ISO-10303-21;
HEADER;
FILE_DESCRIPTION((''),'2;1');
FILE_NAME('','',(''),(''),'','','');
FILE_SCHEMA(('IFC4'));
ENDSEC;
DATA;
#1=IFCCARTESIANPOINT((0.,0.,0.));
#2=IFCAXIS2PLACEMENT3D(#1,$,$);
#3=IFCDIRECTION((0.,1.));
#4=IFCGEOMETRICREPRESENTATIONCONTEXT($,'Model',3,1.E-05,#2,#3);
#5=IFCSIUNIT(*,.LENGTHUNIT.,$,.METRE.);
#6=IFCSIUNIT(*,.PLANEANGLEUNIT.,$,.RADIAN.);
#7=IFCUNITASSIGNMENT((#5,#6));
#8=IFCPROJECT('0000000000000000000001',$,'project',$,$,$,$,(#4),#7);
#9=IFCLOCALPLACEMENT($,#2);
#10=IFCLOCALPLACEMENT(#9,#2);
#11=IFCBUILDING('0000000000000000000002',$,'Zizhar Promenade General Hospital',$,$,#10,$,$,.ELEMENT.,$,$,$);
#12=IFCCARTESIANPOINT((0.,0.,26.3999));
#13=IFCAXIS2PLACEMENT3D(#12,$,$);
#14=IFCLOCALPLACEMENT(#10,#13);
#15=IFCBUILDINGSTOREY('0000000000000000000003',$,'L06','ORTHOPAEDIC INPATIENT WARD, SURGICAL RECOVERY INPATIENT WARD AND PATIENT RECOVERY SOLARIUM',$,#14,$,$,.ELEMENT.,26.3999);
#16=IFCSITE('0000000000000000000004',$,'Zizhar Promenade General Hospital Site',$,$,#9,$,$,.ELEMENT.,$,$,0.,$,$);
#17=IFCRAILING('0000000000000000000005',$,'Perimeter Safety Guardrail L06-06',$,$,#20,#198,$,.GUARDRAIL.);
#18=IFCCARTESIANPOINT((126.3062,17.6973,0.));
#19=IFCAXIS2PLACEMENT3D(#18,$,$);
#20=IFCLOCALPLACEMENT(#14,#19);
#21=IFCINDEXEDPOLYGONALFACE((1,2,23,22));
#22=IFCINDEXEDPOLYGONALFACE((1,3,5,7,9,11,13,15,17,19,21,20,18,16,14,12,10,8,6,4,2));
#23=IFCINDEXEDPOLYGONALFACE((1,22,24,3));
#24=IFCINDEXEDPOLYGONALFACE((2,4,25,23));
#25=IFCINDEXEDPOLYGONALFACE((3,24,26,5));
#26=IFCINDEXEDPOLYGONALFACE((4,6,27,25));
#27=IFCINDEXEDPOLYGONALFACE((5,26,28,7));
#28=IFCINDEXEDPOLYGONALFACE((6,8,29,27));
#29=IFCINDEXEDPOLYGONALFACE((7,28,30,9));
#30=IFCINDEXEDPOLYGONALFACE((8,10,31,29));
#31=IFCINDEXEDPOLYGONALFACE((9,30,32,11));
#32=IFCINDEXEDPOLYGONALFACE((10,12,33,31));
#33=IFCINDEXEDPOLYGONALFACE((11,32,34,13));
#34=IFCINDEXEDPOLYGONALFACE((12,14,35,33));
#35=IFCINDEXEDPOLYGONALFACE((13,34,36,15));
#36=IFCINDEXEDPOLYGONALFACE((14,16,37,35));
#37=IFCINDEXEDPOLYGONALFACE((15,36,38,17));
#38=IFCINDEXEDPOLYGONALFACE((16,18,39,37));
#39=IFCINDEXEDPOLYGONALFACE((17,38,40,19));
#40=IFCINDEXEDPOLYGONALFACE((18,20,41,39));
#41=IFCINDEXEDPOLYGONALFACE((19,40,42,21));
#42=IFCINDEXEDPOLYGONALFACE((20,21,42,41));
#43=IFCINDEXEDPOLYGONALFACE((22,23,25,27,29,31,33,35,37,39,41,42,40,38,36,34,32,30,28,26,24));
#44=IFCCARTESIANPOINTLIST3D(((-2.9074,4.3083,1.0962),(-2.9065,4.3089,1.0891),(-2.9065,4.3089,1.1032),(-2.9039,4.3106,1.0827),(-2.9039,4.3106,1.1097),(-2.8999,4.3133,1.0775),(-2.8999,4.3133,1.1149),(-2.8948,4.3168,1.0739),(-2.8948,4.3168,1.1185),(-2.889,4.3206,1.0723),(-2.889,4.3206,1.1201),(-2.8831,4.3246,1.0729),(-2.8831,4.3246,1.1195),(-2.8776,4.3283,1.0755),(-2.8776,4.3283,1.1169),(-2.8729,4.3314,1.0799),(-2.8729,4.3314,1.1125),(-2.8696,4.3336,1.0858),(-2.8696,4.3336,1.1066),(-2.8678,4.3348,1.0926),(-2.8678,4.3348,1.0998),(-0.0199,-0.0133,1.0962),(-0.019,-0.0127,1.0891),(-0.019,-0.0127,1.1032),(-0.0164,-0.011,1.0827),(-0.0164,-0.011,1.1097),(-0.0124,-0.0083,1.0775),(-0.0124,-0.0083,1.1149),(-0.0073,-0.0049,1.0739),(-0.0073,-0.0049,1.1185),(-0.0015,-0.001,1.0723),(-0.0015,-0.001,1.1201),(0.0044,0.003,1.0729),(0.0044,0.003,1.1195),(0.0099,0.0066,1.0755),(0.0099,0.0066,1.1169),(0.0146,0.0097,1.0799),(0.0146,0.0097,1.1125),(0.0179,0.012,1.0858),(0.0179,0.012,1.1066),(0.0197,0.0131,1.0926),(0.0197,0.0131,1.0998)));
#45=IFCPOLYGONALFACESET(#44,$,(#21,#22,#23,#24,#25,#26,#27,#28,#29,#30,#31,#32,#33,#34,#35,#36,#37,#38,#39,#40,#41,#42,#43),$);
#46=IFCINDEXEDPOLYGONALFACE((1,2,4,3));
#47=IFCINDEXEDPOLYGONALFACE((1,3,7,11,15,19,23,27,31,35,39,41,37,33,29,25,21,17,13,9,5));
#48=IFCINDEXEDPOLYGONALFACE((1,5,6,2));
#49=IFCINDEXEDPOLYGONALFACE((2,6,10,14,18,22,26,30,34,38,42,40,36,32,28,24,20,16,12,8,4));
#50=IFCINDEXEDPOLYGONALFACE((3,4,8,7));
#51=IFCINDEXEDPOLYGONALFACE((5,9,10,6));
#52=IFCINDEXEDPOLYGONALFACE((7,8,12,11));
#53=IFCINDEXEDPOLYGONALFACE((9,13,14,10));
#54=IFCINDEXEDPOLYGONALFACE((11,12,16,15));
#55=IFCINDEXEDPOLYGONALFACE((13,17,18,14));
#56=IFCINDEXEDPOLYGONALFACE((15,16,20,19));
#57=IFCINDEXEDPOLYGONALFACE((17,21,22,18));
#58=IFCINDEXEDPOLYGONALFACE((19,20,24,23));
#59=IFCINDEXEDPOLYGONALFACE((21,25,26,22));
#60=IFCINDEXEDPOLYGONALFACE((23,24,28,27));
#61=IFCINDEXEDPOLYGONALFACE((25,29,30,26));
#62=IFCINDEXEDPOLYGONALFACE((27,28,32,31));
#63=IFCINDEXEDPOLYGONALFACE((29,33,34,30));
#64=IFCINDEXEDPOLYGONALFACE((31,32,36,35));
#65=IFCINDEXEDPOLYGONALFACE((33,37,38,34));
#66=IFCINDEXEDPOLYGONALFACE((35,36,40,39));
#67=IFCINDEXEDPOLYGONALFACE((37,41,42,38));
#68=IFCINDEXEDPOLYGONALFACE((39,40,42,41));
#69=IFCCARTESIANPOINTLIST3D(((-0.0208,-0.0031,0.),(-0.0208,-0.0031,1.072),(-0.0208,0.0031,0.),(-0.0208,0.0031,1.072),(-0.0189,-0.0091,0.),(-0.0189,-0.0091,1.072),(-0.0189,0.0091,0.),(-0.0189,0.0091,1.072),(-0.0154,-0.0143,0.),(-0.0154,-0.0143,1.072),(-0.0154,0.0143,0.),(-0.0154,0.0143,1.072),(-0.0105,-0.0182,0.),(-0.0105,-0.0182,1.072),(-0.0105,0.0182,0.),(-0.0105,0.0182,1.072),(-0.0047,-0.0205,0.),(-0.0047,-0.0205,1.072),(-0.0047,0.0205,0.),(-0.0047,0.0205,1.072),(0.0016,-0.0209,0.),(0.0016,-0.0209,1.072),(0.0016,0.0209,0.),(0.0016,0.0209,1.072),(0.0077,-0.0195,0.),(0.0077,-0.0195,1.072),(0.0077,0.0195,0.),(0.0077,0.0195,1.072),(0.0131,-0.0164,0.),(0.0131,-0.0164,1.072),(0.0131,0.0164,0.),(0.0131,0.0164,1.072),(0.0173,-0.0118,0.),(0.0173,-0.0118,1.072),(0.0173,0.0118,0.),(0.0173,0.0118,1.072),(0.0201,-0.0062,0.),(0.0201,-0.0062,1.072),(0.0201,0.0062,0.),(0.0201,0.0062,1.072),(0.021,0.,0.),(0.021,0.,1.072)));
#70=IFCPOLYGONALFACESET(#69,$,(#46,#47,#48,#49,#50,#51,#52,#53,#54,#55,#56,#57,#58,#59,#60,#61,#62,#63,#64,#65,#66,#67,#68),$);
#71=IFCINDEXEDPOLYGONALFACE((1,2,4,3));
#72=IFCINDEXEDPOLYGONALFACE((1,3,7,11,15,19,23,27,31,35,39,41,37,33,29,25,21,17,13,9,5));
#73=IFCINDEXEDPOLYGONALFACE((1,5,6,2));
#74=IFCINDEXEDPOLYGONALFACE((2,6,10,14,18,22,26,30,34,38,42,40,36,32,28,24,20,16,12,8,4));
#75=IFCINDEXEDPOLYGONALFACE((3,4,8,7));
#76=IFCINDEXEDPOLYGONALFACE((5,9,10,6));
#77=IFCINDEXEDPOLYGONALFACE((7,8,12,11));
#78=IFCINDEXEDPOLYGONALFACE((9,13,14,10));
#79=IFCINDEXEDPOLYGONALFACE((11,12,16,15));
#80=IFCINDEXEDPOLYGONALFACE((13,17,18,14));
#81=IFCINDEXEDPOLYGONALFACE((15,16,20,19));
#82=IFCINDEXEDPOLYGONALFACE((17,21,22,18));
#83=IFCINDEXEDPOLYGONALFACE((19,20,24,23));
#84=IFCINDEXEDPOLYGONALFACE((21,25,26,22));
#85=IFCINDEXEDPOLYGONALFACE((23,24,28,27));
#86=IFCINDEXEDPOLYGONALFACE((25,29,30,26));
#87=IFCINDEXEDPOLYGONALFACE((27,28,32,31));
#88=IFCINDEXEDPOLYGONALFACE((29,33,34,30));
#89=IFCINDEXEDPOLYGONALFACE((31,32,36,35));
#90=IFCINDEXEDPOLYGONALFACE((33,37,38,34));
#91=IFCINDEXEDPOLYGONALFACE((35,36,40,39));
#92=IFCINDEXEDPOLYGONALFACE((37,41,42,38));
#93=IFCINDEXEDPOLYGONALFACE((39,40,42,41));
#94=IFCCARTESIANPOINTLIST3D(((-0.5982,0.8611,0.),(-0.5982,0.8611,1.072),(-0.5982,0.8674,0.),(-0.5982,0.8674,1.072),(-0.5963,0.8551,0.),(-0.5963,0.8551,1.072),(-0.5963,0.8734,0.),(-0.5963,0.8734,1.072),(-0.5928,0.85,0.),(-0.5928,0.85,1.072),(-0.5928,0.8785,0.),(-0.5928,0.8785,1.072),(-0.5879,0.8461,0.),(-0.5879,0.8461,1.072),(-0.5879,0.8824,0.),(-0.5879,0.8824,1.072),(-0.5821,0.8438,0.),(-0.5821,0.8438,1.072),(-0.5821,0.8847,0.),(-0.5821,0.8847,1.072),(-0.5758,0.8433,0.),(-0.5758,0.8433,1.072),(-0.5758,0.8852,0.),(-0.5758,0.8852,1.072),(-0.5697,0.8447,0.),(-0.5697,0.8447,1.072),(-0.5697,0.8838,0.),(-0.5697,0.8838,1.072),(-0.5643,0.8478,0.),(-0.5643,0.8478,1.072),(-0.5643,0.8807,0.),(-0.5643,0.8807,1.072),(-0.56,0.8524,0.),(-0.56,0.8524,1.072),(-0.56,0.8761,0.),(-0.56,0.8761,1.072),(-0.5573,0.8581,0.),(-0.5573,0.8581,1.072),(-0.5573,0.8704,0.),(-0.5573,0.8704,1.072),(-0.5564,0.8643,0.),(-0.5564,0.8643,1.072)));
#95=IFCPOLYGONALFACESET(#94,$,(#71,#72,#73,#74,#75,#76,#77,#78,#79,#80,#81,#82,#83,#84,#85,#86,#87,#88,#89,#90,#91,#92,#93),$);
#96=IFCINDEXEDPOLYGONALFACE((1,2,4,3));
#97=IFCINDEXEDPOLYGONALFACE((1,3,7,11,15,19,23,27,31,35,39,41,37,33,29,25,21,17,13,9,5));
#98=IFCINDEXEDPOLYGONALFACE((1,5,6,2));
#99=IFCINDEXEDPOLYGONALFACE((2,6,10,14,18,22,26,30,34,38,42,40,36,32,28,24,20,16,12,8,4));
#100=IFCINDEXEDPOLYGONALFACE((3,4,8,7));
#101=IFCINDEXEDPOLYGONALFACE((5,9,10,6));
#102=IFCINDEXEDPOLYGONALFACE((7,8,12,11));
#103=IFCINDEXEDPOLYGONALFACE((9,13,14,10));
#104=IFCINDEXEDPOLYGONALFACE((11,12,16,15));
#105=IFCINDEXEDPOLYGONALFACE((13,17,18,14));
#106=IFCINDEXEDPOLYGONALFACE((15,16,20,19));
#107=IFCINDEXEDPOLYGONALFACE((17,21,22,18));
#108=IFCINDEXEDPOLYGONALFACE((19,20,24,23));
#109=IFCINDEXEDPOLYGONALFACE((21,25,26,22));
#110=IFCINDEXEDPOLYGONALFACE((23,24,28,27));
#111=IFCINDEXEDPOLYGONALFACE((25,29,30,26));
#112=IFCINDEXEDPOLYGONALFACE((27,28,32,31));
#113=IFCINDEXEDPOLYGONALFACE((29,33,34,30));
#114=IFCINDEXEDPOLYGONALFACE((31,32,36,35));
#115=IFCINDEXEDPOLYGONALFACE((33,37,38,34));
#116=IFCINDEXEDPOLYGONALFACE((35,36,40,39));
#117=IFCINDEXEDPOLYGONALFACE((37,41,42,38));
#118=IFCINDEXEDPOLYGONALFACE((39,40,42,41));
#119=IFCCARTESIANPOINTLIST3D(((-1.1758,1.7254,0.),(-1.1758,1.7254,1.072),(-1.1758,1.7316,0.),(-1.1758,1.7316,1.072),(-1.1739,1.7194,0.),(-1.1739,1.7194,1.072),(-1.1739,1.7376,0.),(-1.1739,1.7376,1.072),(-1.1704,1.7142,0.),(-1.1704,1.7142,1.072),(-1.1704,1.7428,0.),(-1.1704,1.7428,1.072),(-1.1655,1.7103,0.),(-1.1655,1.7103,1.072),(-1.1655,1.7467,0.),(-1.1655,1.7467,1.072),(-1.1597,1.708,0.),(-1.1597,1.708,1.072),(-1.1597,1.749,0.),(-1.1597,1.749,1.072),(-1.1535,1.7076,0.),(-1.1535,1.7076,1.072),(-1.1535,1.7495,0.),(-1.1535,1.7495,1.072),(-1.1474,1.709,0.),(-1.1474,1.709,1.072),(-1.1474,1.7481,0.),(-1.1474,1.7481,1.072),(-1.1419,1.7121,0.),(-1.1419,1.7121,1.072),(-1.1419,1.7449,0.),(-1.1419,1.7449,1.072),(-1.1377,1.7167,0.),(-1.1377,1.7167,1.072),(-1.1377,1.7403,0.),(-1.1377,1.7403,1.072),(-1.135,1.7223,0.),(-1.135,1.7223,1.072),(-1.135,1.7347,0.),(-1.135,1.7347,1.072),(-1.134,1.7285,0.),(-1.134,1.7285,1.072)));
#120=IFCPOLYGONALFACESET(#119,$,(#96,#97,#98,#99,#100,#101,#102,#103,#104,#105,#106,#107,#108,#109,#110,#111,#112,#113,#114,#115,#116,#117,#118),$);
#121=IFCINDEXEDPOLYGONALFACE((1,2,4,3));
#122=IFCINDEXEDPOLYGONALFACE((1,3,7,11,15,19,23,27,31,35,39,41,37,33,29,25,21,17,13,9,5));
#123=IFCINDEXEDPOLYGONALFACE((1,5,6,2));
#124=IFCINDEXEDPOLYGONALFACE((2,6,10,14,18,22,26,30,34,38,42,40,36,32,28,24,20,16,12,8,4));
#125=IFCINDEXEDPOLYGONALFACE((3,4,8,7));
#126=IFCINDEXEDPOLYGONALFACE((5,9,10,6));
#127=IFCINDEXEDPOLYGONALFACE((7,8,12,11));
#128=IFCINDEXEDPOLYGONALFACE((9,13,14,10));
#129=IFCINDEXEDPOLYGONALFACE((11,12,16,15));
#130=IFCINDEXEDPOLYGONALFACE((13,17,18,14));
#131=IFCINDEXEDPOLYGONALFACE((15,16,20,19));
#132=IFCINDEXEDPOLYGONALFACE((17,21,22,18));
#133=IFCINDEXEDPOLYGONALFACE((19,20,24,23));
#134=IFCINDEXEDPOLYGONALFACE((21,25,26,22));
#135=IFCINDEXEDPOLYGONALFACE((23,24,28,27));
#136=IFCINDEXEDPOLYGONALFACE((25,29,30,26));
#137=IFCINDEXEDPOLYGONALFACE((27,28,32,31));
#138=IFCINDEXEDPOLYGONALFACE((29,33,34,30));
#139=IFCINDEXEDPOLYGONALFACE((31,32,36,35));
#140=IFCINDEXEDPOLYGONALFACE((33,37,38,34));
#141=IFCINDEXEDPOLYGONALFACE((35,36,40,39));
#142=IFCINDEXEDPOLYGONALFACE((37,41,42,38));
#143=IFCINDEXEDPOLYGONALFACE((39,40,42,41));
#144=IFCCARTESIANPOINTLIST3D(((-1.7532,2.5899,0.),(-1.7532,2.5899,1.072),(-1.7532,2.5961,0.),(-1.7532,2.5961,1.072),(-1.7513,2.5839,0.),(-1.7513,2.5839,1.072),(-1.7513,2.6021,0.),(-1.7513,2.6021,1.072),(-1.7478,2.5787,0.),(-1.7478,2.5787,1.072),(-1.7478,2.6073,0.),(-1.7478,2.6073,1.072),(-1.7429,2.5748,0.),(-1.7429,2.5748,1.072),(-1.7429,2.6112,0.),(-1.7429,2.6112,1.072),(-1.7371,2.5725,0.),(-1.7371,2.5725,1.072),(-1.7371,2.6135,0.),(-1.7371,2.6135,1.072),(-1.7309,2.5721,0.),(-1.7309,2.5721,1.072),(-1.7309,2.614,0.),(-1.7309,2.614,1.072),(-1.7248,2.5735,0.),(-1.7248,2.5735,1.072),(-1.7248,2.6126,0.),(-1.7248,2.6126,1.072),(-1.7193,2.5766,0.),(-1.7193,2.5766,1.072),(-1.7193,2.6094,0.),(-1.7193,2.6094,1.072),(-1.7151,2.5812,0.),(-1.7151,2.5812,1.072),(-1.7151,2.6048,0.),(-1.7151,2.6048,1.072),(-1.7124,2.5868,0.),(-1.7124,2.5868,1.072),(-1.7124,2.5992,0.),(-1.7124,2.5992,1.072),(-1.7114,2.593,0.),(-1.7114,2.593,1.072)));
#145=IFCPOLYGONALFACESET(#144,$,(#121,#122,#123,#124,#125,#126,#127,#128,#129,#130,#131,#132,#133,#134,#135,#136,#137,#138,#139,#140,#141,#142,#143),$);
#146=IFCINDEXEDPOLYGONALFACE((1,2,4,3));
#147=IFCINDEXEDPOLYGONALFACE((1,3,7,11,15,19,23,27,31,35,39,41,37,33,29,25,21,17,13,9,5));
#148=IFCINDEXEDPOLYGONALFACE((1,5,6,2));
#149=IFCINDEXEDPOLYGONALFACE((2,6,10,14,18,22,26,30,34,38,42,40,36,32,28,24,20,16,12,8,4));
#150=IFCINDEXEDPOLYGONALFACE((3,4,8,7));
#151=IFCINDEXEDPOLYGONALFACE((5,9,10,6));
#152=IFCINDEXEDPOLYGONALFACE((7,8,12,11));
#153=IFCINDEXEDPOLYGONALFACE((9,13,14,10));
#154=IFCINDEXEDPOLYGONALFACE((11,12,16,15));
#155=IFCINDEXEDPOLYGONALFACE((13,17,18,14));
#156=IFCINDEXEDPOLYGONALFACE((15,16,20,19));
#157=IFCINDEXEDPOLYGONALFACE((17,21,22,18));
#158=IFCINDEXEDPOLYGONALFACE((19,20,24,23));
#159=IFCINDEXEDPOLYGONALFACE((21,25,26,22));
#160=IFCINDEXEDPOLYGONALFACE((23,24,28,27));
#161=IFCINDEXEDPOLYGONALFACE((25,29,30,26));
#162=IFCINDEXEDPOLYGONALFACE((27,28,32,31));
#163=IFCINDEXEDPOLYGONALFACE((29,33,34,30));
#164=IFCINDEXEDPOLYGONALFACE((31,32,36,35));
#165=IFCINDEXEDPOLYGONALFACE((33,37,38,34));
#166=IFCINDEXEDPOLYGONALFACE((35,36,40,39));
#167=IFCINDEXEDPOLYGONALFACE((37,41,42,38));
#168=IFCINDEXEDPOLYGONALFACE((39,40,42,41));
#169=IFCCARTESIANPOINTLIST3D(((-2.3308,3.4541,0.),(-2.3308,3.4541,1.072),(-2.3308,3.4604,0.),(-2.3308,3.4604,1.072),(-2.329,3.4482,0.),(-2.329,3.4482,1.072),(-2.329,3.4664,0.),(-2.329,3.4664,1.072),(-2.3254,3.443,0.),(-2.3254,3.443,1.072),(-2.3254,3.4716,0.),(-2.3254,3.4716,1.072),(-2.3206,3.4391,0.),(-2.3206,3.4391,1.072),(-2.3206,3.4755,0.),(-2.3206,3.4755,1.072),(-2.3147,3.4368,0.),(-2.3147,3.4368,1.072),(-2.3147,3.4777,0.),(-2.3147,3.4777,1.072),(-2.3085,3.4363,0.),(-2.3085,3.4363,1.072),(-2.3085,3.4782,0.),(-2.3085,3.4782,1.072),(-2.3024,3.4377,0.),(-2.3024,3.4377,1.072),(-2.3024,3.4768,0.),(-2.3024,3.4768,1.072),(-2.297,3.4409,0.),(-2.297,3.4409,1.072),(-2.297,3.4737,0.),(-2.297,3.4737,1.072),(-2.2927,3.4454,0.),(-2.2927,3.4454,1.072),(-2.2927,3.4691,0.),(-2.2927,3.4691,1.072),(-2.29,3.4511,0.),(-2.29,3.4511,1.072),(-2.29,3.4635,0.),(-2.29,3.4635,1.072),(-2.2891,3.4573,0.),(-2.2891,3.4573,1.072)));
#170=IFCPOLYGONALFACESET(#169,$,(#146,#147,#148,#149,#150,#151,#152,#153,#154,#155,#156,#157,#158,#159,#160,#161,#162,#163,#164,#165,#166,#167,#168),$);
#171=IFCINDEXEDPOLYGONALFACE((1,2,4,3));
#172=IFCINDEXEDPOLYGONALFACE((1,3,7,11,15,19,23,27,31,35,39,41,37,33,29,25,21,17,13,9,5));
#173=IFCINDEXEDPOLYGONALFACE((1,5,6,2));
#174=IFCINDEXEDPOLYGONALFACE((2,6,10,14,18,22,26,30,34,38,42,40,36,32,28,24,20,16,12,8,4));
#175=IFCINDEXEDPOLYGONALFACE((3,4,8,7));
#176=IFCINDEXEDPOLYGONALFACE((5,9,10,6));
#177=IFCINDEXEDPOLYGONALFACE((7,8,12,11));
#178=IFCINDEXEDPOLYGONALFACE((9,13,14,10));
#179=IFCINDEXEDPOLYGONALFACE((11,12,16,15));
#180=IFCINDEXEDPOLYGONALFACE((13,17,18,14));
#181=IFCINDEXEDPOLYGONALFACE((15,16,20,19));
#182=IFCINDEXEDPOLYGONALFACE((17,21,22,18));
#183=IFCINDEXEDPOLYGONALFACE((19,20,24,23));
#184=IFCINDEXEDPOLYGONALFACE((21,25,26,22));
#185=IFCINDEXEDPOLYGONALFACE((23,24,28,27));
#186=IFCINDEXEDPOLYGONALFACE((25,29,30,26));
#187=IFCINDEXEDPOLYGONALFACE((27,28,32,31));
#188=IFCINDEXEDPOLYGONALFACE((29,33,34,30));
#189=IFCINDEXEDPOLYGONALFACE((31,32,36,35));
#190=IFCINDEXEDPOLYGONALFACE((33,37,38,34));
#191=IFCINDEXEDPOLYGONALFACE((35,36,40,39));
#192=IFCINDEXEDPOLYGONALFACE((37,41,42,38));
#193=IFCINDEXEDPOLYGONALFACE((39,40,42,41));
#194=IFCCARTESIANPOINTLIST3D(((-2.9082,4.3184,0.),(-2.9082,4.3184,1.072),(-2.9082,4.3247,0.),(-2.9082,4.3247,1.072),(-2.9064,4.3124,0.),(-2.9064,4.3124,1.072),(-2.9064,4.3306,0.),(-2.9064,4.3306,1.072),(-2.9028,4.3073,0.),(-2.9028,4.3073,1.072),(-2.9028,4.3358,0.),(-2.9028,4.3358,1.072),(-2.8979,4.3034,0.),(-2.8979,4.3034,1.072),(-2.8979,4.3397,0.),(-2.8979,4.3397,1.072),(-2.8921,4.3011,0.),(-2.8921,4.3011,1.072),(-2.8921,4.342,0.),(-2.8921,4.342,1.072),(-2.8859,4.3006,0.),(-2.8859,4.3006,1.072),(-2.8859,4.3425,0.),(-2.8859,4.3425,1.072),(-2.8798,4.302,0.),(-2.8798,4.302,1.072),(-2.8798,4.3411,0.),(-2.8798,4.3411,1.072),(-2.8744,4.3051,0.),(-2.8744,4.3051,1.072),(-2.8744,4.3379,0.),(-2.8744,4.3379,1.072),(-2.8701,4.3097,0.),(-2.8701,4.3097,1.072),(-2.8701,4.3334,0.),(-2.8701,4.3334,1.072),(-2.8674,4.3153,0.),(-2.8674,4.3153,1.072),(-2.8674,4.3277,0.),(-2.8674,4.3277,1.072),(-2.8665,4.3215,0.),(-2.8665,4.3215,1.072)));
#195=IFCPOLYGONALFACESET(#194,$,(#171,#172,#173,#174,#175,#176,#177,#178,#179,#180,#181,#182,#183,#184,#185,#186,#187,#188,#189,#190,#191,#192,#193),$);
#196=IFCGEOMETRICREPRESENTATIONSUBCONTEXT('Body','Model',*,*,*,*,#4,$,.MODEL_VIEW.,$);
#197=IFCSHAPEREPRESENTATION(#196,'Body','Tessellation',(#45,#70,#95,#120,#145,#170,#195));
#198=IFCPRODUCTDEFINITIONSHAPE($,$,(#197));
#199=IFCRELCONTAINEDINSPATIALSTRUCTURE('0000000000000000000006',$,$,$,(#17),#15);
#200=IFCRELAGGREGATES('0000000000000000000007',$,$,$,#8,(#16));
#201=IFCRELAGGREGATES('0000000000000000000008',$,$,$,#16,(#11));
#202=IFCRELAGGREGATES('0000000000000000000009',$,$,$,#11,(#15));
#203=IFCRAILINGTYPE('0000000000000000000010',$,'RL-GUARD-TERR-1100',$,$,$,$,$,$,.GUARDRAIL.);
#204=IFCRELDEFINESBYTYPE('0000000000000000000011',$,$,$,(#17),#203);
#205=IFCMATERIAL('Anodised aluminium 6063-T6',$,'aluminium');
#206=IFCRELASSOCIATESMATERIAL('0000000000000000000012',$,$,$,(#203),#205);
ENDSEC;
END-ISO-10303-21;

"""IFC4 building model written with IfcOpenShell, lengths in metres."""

from ifc_helpers import new_model, si_unit, direction, frame, origin, origin_2d, place, context, subcontext, project, spatial, circle, hollow_circle, extrude, material, material_profile, profile_set, type_object, element, save


model = new_model("IFC4")

# Units and contexts
model_context = context("Model", 3, precision=1e-05, world=origin(), true_north=direction((0.0, 1.0)))
body_context = subcontext(model_context, "Body", "Model", "MODEL_VIEW")
ifc_project = project(units=[si_unit("LENGTHUNIT", "METRE"), si_unit("PLANEANGLEUNIT", "RADIAN")], contexts=[model_context])

# Site, building, storey
site_placement = place(None, origin())
site = spatial("IfcSite", under=ifc_project, at=site_placement, Name="Zizhar Promenade General Hospital Site", CompositionType="ELEMENT", RefElevation=0.0)
building_placement = place(site_placement, origin())
building = spatial("IfcBuilding", under=site, at=building_placement, Name="Zizhar Promenade General Hospital", CompositionType="ELEMENT")
storey_placement = place(building_placement, frame((0.0, 0.0, 26.3999)))
storey = spatial("IfcBuildingStorey", under=building, at=storey_placement, Name="L06", Description="ORTHOPAEDIC INPATIENT WARD, SURGICAL RECOVERY INPATIENT WARD AND PATIENT RECOVERY SOLARIUM", CompositionType="ELEMENT", Elevation=26.3999)

# Railing
ifc_material_1 = material(Name="Anodised aluminium 6063-T6", Category="aluminium")
ifc_material_profile_1 = material_profile(ifc_material_1, hollow_circle(Radius=0.0698, WallThickness=0.0063, at=origin_2d()))
ifc_profile_set_1 = profile_set([ifc_material_profile_1], Name="Anodised aluminium 6063-T6")
railing_type = type_object("IfcRailingType", Name="RL-GUARD-TERR-1100", PredefinedType="GUARDRAIL", material=ifc_profile_set_1)
railing_1_placement = place(storey_placement, frame((126.3062, 17.6973, 0.0)))
element("IfcRailing", 1, at=railing_1_placement, inside=storey, type_object=railing_type, Name="Perimeter Safety Guardrail L06-06", PredefinedType="GUARDRAIL", context=body_context, shape_type="SweptSolid", body=[
    extrude(circle(Radius=0.0239, at=origin_2d()), frame((0.0, 0.0, 1.0962), z_axis=(-0.555556, 0.831479, 0.0), x_axis=(-0.831479, -0.555556, 0.0)), (0.0, 0.0, 1.0), 5.1975),
    extrude(circle(Radius=0.021, at=origin_2d()), origin(), (0.0, 0.0, 1.0), 1.072),
    extrude(circle(Radius=0.021, at=origin_2d()), frame((-0.5774, 0.8643, 0.0)), (0.0, 0.0, 1.0), 1.072),
    extrude(circle(Radius=0.021, at=origin_2d()), frame((-1.155, 1.7285, 0.0)), (0.0, 0.0, 1.0), 1.072),
    extrude(circle(Radius=0.021, at=origin_2d()), frame((-1.7324, 2.593, 0.0)), (0.0, 0.0, 1.0), 1.072),
    extrude(circle(Radius=0.021, at=origin_2d()), frame((-2.3101, 3.4573, 0.0)), (0.0, 0.0, 1.0), 1.072),
    extrude(circle(Radius=0.021, at=origin_2d()), frame((-2.8875, 4.3215, 0.0)), (0.0, 0.0, 1.0), 1.072),
])

save(model, "model.ifc")
